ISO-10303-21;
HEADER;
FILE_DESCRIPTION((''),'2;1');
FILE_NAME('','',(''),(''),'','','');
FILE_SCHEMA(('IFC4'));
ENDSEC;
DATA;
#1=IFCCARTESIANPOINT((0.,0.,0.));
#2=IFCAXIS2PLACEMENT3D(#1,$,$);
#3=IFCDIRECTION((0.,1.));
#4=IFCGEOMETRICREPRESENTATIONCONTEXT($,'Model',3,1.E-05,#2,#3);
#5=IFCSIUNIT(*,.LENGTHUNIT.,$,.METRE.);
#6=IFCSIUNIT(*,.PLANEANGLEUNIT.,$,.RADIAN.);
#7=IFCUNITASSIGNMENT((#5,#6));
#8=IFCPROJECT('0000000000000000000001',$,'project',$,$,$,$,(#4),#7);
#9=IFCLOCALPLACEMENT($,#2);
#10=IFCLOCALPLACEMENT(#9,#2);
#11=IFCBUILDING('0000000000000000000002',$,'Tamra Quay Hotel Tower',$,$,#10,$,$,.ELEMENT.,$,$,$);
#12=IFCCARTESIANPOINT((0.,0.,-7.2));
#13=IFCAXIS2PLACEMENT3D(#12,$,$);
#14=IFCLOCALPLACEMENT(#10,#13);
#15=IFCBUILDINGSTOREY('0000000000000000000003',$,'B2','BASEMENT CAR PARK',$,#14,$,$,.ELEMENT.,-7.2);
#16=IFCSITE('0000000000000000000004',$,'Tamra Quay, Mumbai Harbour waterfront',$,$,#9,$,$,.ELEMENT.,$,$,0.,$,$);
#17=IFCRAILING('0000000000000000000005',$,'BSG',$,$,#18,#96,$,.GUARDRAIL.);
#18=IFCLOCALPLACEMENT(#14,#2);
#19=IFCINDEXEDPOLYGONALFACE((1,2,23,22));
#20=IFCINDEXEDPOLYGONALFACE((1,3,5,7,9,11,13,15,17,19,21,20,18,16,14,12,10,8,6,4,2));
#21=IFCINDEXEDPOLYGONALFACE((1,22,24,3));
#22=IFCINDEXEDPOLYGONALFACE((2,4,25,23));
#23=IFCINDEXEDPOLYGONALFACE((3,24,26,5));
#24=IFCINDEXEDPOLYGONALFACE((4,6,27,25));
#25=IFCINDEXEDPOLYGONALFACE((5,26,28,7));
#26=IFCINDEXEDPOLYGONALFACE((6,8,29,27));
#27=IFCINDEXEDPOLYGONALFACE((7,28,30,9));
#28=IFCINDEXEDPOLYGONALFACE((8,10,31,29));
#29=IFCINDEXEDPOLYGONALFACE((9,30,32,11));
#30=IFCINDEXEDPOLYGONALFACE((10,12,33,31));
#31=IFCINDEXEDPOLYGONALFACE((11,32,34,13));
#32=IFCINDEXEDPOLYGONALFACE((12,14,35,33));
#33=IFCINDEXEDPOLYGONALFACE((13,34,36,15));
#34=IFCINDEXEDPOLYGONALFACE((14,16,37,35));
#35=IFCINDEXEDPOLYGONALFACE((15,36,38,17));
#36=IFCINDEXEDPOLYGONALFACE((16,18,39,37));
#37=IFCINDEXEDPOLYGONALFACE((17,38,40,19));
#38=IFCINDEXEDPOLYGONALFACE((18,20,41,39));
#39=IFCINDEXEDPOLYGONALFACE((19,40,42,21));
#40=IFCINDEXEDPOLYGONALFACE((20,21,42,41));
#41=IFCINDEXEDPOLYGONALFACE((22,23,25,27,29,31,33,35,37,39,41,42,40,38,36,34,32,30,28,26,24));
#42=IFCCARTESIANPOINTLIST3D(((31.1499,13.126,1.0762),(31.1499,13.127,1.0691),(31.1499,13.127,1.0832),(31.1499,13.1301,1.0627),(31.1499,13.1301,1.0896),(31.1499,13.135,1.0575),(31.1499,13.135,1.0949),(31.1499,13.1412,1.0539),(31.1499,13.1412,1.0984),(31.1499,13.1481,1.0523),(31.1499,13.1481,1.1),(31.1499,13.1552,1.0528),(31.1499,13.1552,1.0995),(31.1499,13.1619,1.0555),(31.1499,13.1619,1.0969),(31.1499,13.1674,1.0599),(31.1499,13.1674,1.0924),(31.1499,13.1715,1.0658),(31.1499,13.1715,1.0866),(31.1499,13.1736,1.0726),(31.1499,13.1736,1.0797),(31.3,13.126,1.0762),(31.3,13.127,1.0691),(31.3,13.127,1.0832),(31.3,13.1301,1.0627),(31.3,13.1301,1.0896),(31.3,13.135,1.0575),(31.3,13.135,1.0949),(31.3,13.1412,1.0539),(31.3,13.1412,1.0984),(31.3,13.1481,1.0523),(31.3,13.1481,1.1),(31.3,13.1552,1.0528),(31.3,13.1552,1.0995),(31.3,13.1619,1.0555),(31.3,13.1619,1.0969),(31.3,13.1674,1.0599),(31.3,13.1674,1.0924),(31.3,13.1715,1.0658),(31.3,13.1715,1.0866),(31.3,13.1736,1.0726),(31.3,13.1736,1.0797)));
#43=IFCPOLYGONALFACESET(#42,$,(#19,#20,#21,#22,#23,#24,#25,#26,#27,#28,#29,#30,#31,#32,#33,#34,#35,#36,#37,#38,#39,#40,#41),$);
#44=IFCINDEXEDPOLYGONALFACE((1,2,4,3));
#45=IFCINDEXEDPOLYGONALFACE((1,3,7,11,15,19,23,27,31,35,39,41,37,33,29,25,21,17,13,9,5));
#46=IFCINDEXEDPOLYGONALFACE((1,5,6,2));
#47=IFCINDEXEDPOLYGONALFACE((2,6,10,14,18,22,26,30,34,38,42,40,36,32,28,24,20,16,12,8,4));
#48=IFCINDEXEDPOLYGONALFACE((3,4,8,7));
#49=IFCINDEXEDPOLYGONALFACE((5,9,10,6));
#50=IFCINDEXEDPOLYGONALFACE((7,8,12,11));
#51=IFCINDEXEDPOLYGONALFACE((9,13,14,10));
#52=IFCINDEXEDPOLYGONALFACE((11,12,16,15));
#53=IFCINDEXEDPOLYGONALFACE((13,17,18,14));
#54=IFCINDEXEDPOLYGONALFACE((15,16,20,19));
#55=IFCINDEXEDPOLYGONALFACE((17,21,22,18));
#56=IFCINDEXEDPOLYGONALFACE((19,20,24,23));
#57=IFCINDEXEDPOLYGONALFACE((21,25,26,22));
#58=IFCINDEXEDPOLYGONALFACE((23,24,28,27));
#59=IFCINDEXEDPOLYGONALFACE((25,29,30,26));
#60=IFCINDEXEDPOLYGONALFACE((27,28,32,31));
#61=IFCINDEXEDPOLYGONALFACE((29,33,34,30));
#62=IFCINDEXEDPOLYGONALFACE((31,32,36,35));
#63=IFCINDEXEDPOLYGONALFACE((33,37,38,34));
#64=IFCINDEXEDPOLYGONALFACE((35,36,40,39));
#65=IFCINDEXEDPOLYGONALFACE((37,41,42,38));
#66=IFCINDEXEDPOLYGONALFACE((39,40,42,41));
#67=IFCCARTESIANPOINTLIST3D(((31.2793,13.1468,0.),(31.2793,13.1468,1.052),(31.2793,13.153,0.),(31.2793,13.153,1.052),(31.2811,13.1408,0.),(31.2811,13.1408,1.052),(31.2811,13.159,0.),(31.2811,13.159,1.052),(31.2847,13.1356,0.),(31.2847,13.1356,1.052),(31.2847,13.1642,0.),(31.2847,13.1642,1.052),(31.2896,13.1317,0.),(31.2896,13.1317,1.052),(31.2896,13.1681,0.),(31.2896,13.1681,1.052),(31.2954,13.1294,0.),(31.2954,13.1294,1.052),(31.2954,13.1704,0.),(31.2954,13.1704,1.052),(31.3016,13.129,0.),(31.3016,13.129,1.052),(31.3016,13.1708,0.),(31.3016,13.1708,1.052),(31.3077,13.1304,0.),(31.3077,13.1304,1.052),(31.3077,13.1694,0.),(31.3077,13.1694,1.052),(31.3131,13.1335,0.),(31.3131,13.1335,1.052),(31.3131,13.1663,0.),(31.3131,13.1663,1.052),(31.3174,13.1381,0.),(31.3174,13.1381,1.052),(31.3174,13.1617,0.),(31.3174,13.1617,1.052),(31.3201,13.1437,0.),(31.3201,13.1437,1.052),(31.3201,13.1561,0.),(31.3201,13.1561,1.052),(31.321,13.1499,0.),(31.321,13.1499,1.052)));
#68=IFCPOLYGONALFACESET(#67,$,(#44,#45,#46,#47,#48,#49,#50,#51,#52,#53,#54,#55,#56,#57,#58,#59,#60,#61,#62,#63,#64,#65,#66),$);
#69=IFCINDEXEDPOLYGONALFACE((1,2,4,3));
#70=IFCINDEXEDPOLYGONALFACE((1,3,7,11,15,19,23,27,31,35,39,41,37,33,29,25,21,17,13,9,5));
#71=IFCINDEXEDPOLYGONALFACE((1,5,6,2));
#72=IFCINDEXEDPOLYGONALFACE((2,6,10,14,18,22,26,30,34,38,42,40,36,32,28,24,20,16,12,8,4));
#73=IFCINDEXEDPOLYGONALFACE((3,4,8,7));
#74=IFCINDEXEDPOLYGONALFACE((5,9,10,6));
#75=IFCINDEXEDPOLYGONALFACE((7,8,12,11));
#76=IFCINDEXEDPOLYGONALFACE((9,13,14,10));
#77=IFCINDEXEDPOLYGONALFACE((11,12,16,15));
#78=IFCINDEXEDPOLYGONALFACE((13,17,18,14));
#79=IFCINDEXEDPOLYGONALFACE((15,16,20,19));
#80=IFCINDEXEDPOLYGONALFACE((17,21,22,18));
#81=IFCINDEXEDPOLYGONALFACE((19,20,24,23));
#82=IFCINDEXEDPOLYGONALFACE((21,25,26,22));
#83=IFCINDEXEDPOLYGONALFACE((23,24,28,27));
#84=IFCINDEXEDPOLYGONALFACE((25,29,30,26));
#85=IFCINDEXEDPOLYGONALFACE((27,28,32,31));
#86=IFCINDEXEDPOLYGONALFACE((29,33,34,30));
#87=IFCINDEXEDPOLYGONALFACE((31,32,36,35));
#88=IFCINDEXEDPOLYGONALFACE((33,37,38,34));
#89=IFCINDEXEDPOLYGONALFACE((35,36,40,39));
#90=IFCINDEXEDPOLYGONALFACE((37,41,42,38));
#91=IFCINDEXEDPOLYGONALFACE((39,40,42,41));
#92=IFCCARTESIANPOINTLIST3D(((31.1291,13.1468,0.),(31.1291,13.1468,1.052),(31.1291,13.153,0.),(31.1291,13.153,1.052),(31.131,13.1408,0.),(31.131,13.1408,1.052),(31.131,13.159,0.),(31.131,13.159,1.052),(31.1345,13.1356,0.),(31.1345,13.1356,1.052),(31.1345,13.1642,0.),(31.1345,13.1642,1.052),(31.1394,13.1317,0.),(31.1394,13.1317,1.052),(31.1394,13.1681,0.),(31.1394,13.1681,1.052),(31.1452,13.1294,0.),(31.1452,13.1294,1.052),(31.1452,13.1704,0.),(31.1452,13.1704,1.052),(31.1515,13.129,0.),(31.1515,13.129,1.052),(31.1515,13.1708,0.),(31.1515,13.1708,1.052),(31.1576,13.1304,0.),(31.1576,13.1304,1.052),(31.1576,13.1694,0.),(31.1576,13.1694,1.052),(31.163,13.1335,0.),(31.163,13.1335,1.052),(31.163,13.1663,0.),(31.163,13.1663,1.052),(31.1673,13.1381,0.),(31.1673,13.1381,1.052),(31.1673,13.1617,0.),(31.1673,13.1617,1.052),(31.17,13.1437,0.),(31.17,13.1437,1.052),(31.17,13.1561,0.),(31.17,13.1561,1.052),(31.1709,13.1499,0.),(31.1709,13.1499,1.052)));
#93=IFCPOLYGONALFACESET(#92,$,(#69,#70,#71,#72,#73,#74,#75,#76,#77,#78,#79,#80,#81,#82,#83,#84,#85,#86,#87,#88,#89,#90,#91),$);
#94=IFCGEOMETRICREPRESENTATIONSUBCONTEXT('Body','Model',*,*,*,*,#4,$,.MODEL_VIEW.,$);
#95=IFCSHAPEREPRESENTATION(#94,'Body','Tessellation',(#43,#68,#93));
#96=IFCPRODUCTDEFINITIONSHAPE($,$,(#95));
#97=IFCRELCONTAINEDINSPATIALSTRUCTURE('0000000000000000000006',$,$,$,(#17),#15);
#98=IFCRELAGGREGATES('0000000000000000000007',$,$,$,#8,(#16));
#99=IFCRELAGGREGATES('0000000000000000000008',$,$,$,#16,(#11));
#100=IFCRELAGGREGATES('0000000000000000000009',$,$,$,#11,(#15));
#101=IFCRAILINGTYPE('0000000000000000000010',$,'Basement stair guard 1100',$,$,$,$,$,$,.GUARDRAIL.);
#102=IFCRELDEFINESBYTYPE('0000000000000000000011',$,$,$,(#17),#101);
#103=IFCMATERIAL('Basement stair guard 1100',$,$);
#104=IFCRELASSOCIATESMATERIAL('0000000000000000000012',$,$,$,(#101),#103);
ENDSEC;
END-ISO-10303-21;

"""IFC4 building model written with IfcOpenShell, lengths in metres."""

from ifc_helpers import new_model, si_unit, direction, frame, origin, origin_2d, place, context, subcontext, project, spatial, circle, extrude, material, type_object, element, save


model = new_model("IFC4")

# Units and contexts
model_context = context("Model", 3, precision=1e-05, world=origin(), true_north=direction((0.0, 1.0)))
body_context = subcontext(model_context, "Body", "Model", "MODEL_VIEW")
ifc_project = project(units=[si_unit("LENGTHUNIT", "METRE"), si_unit("PLANEANGLEUNIT", "RADIAN")], contexts=[model_context])

# Site, building, storey
site_placement = place(None, origin())
site = spatial("IfcSite", under=ifc_project, at=site_placement, Name="Tamra Quay, Mumbai Harbour waterfront", CompositionType="ELEMENT", RefElevation=0.0)
building_placement = place(site_placement, origin())
building = spatial("IfcBuilding", under=site, at=building_placement, Name="Tamra Quay Hotel Tower", CompositionType="ELEMENT")
storey_placement = place(building_placement, frame((0.0, 0.0, -7.2)))
storey = spatial("IfcBuildingStorey", under=building, at=storey_placement, Name="B2", Description="BASEMENT CAR PARK", CompositionType="ELEMENT", Elevation=-7.2)

# Railing
ifc_material_1 = material(Name="Basement stair guard 1100")
railing_type_1 = type_object("IfcRailingType", Name="Basement stair guard 1100", PredefinedType="GUARDRAIL", material=ifc_material_1)
railing_1_placement = place(storey_placement, frame((31.3, 13.1499, 0.0)))
element("IfcRailing", 1, at=railing_1_placement, inside=storey, type_object=railing_type_1, Name="BSG", PredefinedType="GUARDRAIL", context=body_context, shape_type="SweptSolid", body=[
    extrude(circle(Radius=0.0239, at=origin_2d()), frame((0.0, 0.0, 1.0762), z_axis=(-1.0, 0.0, 0.0), x_axis=(0.0, -1.0, 0.0)), (0.0, 0.0, 1.0), 0.1501),
    extrude(circle(Radius=0.021, at=origin_2d()), origin(), (0.0, 0.0, 1.0), 1.052),
    extrude(circle(Radius=0.021, at=origin_2d()), frame((-0.1501, 0.0, 0.0)), (0.0, 0.0, 1.0), 1.052),
])

save(model, "model.ifc")
